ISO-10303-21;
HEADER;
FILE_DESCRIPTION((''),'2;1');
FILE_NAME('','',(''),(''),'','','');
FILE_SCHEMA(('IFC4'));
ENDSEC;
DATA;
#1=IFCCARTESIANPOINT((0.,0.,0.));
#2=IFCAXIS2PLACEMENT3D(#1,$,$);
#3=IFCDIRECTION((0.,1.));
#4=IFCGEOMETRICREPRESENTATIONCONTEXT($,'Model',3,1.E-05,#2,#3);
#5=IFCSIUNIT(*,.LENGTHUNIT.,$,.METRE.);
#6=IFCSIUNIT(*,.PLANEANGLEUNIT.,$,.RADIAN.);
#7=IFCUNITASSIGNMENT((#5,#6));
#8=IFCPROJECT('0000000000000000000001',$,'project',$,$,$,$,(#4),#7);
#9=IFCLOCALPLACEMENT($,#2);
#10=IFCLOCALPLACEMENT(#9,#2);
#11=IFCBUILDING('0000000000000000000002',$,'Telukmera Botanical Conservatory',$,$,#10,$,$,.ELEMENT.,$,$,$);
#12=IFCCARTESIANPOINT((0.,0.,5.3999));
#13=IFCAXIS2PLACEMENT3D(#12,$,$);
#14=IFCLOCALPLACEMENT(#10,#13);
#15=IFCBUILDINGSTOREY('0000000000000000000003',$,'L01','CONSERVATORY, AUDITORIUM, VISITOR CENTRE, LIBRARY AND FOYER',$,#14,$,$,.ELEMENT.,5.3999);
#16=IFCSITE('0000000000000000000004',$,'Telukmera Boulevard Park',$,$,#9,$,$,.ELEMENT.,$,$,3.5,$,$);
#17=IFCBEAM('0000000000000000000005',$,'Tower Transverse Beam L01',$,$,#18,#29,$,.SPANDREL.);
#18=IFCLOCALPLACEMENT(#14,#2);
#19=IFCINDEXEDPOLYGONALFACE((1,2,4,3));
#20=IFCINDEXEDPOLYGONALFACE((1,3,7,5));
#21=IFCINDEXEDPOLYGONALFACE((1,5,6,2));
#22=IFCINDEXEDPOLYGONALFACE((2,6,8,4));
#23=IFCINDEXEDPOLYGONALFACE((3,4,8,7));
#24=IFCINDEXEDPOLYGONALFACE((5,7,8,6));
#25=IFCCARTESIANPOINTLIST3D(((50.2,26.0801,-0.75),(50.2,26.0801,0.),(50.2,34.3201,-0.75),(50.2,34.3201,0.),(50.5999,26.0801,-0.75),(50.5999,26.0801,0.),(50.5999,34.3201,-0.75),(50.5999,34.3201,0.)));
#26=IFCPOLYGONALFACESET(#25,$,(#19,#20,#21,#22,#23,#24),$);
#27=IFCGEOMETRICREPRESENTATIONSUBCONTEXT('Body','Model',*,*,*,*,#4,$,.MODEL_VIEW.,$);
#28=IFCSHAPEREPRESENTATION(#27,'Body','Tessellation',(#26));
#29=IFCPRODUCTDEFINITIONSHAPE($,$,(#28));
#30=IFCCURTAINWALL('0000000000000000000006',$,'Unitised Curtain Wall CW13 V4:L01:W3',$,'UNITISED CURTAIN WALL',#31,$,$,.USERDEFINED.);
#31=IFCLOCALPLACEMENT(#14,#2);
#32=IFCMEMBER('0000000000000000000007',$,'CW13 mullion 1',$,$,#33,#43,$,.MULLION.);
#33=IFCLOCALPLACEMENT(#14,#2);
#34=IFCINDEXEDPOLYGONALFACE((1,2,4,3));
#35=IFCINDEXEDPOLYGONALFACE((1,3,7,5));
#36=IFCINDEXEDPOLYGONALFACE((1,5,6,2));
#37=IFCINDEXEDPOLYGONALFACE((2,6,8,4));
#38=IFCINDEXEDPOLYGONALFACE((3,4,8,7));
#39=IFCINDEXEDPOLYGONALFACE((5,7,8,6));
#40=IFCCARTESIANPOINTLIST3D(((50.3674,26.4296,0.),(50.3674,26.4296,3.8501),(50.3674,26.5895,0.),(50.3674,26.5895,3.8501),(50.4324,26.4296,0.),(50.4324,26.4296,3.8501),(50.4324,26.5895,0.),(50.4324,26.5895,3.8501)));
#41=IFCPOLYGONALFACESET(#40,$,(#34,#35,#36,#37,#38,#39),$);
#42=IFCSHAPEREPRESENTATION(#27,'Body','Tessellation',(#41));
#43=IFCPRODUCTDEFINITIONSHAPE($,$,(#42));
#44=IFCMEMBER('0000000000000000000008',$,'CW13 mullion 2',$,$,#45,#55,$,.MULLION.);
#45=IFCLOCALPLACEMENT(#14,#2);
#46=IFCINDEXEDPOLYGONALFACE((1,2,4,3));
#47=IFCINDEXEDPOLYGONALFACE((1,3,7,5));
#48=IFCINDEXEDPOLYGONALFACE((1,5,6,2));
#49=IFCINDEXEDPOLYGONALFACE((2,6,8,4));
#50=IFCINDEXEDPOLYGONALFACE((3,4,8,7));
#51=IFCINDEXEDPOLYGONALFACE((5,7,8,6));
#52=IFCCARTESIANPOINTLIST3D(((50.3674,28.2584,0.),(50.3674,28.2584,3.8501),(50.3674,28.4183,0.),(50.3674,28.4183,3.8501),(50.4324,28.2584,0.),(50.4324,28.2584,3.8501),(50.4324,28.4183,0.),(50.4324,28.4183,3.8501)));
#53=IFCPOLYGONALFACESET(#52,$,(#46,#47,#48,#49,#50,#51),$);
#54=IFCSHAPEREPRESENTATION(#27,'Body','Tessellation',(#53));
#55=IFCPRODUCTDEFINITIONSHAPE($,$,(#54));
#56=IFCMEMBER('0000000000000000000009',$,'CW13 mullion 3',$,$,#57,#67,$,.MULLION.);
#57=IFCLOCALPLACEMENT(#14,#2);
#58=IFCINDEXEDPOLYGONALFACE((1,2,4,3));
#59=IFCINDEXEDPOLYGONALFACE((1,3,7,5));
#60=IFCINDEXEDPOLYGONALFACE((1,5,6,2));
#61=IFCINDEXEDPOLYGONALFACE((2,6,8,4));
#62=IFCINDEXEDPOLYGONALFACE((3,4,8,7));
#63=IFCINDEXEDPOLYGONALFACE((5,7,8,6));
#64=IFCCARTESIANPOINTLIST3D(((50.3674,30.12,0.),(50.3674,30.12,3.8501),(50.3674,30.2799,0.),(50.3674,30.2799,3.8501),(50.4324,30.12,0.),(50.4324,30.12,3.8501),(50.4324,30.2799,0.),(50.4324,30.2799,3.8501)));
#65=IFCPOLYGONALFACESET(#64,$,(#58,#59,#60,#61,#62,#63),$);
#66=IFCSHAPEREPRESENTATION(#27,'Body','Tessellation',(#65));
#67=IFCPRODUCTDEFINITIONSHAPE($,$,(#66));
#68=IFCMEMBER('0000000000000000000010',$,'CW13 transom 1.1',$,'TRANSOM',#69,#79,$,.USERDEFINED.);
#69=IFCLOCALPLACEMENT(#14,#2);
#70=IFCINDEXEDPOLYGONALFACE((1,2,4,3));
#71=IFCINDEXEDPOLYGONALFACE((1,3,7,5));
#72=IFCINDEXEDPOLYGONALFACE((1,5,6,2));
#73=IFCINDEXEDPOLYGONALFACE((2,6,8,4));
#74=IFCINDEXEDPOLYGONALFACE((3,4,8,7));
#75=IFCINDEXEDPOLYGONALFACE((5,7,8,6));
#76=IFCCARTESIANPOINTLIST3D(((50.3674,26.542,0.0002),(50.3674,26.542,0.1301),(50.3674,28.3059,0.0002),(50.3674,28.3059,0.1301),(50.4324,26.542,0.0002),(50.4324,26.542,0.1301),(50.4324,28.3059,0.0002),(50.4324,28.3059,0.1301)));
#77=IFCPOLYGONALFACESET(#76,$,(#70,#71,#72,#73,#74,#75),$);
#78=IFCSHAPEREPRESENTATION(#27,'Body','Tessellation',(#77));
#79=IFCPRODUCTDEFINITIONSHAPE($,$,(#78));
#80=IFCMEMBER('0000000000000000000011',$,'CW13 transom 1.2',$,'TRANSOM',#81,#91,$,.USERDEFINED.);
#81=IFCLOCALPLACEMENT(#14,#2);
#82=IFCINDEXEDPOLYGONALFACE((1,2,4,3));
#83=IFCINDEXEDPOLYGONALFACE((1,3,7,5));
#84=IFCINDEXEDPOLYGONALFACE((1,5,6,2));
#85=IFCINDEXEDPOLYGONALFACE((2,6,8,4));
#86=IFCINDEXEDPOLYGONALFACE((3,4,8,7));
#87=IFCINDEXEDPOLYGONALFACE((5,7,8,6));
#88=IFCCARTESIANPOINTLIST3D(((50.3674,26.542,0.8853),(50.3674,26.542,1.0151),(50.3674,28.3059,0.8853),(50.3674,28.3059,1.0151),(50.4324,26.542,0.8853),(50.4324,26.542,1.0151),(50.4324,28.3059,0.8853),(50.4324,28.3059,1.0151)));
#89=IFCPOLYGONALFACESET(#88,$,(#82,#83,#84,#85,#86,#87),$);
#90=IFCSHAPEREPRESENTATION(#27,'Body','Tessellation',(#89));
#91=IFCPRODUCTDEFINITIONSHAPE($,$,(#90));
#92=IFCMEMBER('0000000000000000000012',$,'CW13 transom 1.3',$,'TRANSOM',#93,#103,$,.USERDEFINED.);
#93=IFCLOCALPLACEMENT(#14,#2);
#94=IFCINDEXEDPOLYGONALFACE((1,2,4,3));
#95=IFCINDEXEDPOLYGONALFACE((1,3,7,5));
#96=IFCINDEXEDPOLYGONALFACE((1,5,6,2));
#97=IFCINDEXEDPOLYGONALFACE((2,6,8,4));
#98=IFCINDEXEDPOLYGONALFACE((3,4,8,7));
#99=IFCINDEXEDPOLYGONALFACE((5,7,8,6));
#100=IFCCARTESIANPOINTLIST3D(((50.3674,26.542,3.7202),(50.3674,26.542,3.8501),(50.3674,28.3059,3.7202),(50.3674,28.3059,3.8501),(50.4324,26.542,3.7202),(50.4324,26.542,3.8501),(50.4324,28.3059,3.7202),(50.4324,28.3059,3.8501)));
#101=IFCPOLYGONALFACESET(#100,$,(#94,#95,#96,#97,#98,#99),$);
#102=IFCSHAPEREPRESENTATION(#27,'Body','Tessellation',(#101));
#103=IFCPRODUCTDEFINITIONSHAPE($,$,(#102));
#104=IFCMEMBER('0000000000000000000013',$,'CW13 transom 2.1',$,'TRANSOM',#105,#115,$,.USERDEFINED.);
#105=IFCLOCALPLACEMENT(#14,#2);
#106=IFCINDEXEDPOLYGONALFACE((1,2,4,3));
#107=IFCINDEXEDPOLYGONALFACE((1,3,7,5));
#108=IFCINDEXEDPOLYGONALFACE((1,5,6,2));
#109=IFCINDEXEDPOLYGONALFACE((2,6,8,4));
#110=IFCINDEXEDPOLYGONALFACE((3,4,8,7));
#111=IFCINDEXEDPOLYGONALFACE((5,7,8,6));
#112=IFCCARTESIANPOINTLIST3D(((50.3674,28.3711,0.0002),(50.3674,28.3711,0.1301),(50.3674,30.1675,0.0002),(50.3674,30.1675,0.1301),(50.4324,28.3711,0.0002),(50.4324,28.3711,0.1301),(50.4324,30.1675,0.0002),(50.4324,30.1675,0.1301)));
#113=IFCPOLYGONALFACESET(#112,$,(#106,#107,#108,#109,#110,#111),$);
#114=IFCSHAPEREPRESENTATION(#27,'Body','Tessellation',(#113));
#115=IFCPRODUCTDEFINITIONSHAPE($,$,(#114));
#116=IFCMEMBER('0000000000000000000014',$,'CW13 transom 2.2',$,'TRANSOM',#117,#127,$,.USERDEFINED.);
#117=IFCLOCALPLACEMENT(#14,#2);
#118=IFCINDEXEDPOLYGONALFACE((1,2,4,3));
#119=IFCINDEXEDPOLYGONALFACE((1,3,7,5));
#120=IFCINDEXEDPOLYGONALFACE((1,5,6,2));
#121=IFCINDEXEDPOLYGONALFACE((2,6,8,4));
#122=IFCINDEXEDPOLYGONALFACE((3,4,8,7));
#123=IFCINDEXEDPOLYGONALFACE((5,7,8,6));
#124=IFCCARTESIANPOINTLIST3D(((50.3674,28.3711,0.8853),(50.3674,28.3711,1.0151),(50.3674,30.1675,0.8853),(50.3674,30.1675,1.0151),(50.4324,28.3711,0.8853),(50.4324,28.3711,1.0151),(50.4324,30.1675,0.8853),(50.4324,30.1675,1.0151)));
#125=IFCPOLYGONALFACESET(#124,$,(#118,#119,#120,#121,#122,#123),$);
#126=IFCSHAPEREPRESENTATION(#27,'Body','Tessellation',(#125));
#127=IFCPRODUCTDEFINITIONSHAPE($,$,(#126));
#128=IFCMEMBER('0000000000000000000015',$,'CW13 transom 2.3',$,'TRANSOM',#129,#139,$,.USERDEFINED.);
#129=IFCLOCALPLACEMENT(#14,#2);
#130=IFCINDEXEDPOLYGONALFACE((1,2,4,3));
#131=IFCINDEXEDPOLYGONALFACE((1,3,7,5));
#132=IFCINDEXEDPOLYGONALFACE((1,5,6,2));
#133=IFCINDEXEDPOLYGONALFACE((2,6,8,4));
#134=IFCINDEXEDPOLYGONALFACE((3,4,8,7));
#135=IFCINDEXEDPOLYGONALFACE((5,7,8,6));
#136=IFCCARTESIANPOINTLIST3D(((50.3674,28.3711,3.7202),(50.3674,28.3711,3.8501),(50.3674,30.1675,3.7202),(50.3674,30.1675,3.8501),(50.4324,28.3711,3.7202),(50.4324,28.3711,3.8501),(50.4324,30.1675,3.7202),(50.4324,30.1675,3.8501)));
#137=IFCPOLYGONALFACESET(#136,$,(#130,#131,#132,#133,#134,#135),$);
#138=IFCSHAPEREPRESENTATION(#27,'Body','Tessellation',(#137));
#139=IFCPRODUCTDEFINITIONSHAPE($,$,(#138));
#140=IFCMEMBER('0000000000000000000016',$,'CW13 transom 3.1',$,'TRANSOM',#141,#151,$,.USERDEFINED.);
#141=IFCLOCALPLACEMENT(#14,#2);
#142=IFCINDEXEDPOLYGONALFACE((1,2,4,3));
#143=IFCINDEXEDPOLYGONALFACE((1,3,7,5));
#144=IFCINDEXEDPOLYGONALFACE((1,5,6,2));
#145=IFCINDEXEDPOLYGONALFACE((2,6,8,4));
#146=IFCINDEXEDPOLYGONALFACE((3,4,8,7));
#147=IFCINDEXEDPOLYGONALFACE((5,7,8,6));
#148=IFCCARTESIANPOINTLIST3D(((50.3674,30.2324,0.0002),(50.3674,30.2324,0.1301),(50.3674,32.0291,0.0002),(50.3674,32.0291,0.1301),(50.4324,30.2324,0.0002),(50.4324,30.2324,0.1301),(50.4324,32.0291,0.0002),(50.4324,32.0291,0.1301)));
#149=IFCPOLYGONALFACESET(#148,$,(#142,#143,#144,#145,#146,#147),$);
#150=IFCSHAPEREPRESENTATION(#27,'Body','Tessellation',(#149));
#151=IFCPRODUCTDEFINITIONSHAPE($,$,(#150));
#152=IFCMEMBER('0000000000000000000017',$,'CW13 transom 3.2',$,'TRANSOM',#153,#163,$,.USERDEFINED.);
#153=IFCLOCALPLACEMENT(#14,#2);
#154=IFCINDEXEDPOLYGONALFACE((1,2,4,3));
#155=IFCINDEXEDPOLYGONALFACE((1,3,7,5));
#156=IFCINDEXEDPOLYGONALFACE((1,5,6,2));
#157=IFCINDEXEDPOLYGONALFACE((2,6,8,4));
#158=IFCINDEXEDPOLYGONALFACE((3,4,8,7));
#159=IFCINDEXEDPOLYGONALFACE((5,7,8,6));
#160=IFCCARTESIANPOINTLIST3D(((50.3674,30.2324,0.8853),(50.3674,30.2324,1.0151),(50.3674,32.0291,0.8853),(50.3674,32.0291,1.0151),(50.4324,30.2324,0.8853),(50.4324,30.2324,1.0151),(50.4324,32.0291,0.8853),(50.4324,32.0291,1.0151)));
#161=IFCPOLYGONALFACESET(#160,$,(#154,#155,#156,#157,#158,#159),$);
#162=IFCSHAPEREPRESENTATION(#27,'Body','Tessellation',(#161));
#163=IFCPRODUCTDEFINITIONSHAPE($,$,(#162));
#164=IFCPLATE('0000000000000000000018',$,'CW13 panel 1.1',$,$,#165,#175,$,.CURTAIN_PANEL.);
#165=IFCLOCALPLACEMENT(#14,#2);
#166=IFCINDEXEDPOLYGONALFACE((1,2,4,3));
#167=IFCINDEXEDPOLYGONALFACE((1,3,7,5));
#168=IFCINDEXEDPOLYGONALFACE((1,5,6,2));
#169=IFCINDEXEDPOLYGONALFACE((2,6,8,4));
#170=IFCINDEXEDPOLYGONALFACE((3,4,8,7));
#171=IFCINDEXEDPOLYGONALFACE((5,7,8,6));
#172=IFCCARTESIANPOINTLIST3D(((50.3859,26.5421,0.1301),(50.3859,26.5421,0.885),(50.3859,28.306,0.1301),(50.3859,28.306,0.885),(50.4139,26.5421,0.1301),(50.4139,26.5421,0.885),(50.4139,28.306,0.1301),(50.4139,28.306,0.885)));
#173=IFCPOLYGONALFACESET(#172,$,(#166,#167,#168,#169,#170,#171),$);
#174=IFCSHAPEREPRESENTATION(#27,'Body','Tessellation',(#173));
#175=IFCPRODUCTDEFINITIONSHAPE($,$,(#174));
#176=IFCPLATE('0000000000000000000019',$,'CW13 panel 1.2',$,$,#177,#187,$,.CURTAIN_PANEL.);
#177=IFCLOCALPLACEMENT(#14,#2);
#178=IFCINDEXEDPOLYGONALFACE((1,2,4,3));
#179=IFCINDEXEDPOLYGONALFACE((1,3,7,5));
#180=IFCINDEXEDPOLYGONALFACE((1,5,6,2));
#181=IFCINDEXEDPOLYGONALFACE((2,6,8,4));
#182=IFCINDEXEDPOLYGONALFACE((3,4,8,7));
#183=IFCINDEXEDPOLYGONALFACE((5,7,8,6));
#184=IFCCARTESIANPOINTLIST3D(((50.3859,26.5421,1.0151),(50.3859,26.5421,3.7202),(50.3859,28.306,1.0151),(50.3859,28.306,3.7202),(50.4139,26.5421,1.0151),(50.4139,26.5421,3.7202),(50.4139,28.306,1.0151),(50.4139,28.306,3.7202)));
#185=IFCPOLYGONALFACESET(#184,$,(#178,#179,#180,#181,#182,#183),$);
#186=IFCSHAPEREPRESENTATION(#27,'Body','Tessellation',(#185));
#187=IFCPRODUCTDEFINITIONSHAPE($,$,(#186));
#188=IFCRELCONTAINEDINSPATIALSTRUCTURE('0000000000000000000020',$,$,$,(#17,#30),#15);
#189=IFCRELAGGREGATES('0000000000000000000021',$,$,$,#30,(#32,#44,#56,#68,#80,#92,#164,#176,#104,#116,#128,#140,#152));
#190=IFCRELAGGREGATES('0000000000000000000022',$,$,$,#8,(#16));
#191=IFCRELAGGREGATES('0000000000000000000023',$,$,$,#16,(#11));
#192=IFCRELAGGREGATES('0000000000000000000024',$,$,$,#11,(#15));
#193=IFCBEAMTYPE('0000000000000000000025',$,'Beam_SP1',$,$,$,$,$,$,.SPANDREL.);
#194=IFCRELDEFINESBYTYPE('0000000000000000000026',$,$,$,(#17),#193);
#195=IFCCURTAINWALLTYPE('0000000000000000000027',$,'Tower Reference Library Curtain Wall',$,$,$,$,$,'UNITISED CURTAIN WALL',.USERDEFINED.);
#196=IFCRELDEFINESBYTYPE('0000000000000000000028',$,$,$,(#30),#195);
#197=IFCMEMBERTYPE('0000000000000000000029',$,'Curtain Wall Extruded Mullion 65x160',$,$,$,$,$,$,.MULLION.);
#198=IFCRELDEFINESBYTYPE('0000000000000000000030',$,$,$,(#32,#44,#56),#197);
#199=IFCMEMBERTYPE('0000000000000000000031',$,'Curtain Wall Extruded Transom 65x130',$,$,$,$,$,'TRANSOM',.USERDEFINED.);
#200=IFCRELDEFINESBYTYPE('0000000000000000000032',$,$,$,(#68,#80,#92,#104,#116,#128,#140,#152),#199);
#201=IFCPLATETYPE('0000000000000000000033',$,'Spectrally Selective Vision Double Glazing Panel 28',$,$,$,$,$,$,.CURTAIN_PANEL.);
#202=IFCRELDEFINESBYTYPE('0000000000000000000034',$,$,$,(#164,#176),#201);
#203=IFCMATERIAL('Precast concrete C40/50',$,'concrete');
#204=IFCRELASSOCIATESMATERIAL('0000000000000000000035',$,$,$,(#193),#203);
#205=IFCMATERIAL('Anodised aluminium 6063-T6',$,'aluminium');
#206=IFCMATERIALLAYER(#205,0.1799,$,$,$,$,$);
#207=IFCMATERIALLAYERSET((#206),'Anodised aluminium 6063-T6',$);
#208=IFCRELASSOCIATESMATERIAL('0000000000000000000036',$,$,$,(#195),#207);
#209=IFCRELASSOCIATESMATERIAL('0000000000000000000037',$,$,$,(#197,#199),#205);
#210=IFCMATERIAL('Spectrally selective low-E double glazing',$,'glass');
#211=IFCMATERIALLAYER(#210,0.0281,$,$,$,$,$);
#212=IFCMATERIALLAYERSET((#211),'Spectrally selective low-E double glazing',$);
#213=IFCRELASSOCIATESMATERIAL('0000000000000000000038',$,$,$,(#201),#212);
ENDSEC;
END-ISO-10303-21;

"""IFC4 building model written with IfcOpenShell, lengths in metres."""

from ifc_helpers import new_model, si_unit, direction, frame, origin, origin_2d, place, context, subcontext, project, spatial, rectangle, extrude, material, layer, layer_set, material_profile, profile_set, type_object, element, aggregate, save


model = new_model("IFC4")

# Units and contexts
model_context = context("Model", 3, precision=1e-05, world=origin(), true_north=direction((0.0, 1.0)))
body_context = subcontext(model_context, "Body", "Model", "MODEL_VIEW")
ifc_project = project(units=[si_unit("LENGTHUNIT", "METRE"), si_unit("PLANEANGLEUNIT", "RADIAN")], contexts=[model_context])

# Site, building, storey
site_placement = place(None, origin())
site = spatial("IfcSite", under=ifc_project, at=site_placement, Name="Telukmera Boulevard Park", CompositionType="ELEMENT", RefElevation=3.5)
building_placement = place(site_placement, origin())
building = spatial("IfcBuilding", under=site, at=building_placement, Name="Telukmera Botanical Conservatory", CompositionType="ELEMENT")
storey_placement = place(building_placement, frame((0.0, 0.0, 5.3999)))
storey = spatial("IfcBuildingStorey", under=building, at=storey_placement, Name="L01", Description="CONSERVATORY, AUDITORIUM, VISITOR CENTRE, LIBRARY AND FOYER", CompositionType="ELEMENT", Elevation=5.3999)

# Beam
ifc_material_1 = material(Name="Precast concrete C40/50", Category="concrete")
ifc_material_profile_1 = material_profile(ifc_material_1, rectangle(XDim=0.3999, YDim=0.75, at=origin_2d()), Name="PC 400x750")
ifc_profile_set_1 = profile_set([ifc_material_profile_1], Name="Precast concrete C40/50")
beam_type = type_object("IfcBeamType", Name="Beam_SP1", PredefinedType="SPANDREL", material=ifc_profile_set_1)
beam_placement = place(storey_placement, frame((50.3999, 26.0801, -0.375), z_axis=(0.0, 1.0, 0.0), x_axis=(-1.0, 0.0, 0.0)))
element("IfcBeam", 1, at=beam_placement, inside=storey, type_object=beam_type, Name="Tower Transverse Beam L01", PredefinedType="SPANDREL", context=body_context, shape_type="SweptSolid", body=[
    extrude(rectangle(XDim=0.3999, YDim=0.75, at=origin_2d()), origin(), (0.0, 0.0, 1.0), 8.24),
])

# Curtain wall, members, plates
ifc_material_2 = material(Name="Anodised aluminium 6063-T6", Category="aluminium")
ifc_layer_1 = layer(ifc_material_2, 0.1799)
ifc_layer_set_1 = layer_set([ifc_layer_1], Name="Anodised aluminium 6063-T6")
curtain_wall_type = type_object("IfcCurtainWallType", Name="Tower Reference Library Curtain Wall", ElementType="UNITISED CURTAIN WALL", PredefinedType="USERDEFINED", material=ifc_layer_set_1)
curtain_wall_placement = place(storey_placement, origin())
curtain_wall = element("IfcCurtainWall", 2, at=curtain_wall_placement, inside=storey, type_object=curtain_wall_type, Name="Unitised Curtain Wall CW13 V4:L01:W3", ObjectType="UNITISED CURTAIN WALL", PredefinedType="USERDEFINED")
ifc_material_profile_2 = material_profile(ifc_material_2, rectangle(XDim=0.0649, YDim=0.1599, at=origin_2d()), Name="ALU MULL 65x160")
ifc_profile_set_2 = profile_set([ifc_material_profile_2], Name="Anodised aluminium 6063-T6")
member_type_1 = type_object("IfcMemberType", Name="Curtain Wall Extruded Mullion 65x160", PredefinedType="MULLION", material=ifc_profile_set_2)
member_1_placement = place(storey_placement, frame((50.3999, 26.5095, 0.0), z_axis=(0.0, 0.0, 1.0), x_axis=(-1.0, 0.0, 0.0)))
member_1 = element("IfcMember", 3, at=member_1_placement, type_object=member_type_1, Name="CW13 mullion 1", PredefinedType="MULLION", context=body_context, shape_type="SweptSolid", body=[
    extrude(rectangle(XDim=0.0649, YDim=0.1599, at=origin_2d()), origin(), (0.0, 0.0, 1.0), 3.8501),
])
member_2_placement = place(storey_placement, frame((50.3999, 28.3384, 0.0), z_axis=(0.0, 0.0, 1.0), x_axis=(-1.0, 0.0, 0.0)))
member_2 = element("IfcMember", 4, at=member_2_placement, type_object=member_type_1, Name="CW13 mullion 2", PredefinedType="MULLION", context=body_context, shape_type="SweptSolid", body=[
    extrude(rectangle(XDim=0.0649, YDim=0.1599, at=origin_2d()), origin(), (0.0, 0.0, 1.0), 3.8501),
])
member_3_placement = place(storey_placement, frame((50.3999, 30.2, 0.0), z_axis=(0.0, 0.0, 1.0), x_axis=(-1.0, 0.0, 0.0)))
member_3 = element("IfcMember", 5, at=member_3_placement, type_object=member_type_1, Name="CW13 mullion 3", PredefinedType="MULLION", context=body_context, shape_type="SweptSolid", body=[
    extrude(rectangle(XDim=0.0649, YDim=0.1599, at=origin_2d()), origin(), (0.0, 0.0, 1.0), 3.8501),
])
ifc_material_profile_3 = material_profile(ifc_material_2, rectangle(XDim=0.0649, YDim=0.1299, at=origin_2d()), Name="ALU TRAN 65x130")
ifc_profile_set_3 = profile_set([ifc_material_profile_3], Name="Anodised aluminium 6063-T6")
member_type_2 = type_object("IfcMemberType", Name="Curtain Wall Extruded Transom 65x130", ElementType="TRANSOM", PredefinedType="USERDEFINED", material=ifc_profile_set_3)
member_4_placement = place(storey_placement, frame((50.3999, 26.542, 0.0652), z_axis=(0.0, 1.0, 0.0), x_axis=(-1.0, 0.0, 0.0)))
member_4 = element("IfcMember", 6, at=member_4_placement, type_object=member_type_2, Name="CW13 transom 1.1", ObjectType="TRANSOM", PredefinedType="USERDEFINED", context=body_context, shape_type="SweptSolid", body=[
    extrude(rectangle(XDim=0.0649, YDim=0.1299, at=origin_2d()), origin(), (0.0, 0.0, 1.0), 1.7639),
])
member_5_placement = place(storey_placement, frame((50.3999, 26.542, 0.9502), z_axis=(0.0, 1.0, 0.0), x_axis=(-1.0, 0.0, 0.0)))
member_5 = element("IfcMember", 7, at=member_5_placement, type_object=member_type_2, Name="CW13 transom 1.2", ObjectType="TRANSOM", PredefinedType="USERDEFINED", context=body_context, shape_type="SweptSolid", body=[
    extrude(rectangle(XDim=0.0649, YDim=0.1299, at=origin_2d()), origin(), (0.0, 0.0, 1.0), 1.7639),
])
member_6_placement = place(storey_placement, frame((50.3999, 26.542, 3.7852), z_axis=(0.0, 1.0, 0.0), x_axis=(-1.0, 0.0, 0.0)))
member_6 = element("IfcMember", 8, at=member_6_placement, type_object=member_type_2, Name="CW13 transom 1.3", ObjectType="TRANSOM", PredefinedType="USERDEFINED", context=body_context, shape_type="SweptSolid", body=[
    extrude(rectangle(XDim=0.0649, YDim=0.1299, at=origin_2d()), origin(), (0.0, 0.0, 1.0), 1.7639),
])
member_7_placement = place(storey_placement, frame((50.3999, 28.3711, 0.0652), z_axis=(0.0, 1.0, 0.0), x_axis=(-1.0, 0.0, 0.0)))
member_7 = element("IfcMember", 9, at=member_7_placement, type_object=member_type_2, Name="CW13 transom 2.1", ObjectType="TRANSOM", PredefinedType="USERDEFINED", context=body_context, shape_type="SweptSolid", body=[
    extrude(rectangle(XDim=0.0649, YDim=0.1299, at=origin_2d()), origin(), (0.0, 0.0, 1.0), 1.7964),
])
member_8_placement = place(storey_placement, frame((50.3999, 28.3711, 0.9502), z_axis=(0.0, 1.0, 0.0), x_axis=(-1.0, 0.0, 0.0)))
member_8 = element("IfcMember", 10, at=member_8_placement, type_object=member_type_2, Name="CW13 transom 2.2", ObjectType="TRANSOM", PredefinedType="USERDEFINED", context=body_context, shape_type="SweptSolid", body=[
    extrude(rectangle(XDim=0.0649, YDim=0.1299, at=origin_2d()), origin(), (0.0, 0.0, 1.0), 1.7964),
])
member_9_placement = place(storey_placement, frame((50.3999, 28.3711, 3.7852), z_axis=(0.0, 1.0, 0.0), x_axis=(-1.0, 0.0, 0.0)))
member_9 = element("IfcMember", 11, at=member_9_placement, type_object=member_type_2, Name="CW13 transom 2.3", ObjectType="TRANSOM", PredefinedType="USERDEFINED", context=body_context, shape_type="SweptSolid", body=[
    extrude(rectangle(XDim=0.0649, YDim=0.1299, at=origin_2d()), origin(), (0.0, 0.0, 1.0), 1.7964),
])
member_10_placement = place(storey_placement, frame((50.3999, 30.2324, 0.0652), z_axis=(0.0, 1.0, 0.0), x_axis=(-1.0, 0.0, 0.0)))
member_10 = element("IfcMember", 12, at=member_10_placement, type_object=member_type_2, Name="CW13 transom 3.1", ObjectType="TRANSOM", PredefinedType="USERDEFINED", context=body_context, shape_type="SweptSolid", body=[
    extrude(rectangle(XDim=0.0649, YDim=0.1299, at=origin_2d()), origin(), (0.0, 0.0, 1.0), 1.7966),
])
member_11_placement = place(storey_placement, frame((50.3999, 30.2324, 0.9502), z_axis=(0.0, 1.0, 0.0), x_axis=(-1.0, 0.0, 0.0)))
member_11 = element("IfcMember", 13, at=member_11_placement, type_object=member_type_2, Name="CW13 transom 3.2", ObjectType="TRANSOM", PredefinedType="USERDEFINED", context=body_context, shape_type="SweptSolid", body=[
    extrude(rectangle(XDim=0.0649, YDim=0.1299, at=origin_2d()), origin(), (0.0, 0.0, 1.0), 1.7966),
])
ifc_material_3 = material(Name="Spectrally selective low-E double glazing", Category="glass")
ifc_layer_2 = layer(ifc_material_3, 0.0281)
ifc_layer_set_2 = layer_set([ifc_layer_2], Name="Spectrally selective low-E double glazing")
plate_type = type_object("IfcPlateType", Name="Spectrally Selective Vision Double Glazing Panel 28", PredefinedType="CURTAIN_PANEL", material=ifc_layer_set_2)
plate_1_placement = place(storey_placement, frame((50.3999, 27.4241, 0.1301), z_axis=(0.0, 0.0, 1.0), x_axis=(0.0, 1.0, 0.0)))
plate_1 = element("IfcPlate", 14, at=plate_1_placement, type_object=plate_type, Name="CW13 panel 1.1", PredefinedType="CURTAIN_PANEL", context=body_context, shape_type="SweptSolid", body=[
    extrude(rectangle(XDim=1.7639, YDim=0.0281, at=origin_2d()), origin(), (0.0, 0.0, 1.0), 0.7549),
])
plate_2_placement = place(storey_placement, frame((50.3999, 27.4241, 1.0151), z_axis=(0.0, 0.0, 1.0), x_axis=(0.0, 1.0, 0.0)))
plate_2 = element("IfcPlate", 15, at=plate_2_placement, type_object=plate_type, Name="CW13 panel 1.2", PredefinedType="CURTAIN_PANEL", context=body_context, shape_type="SweptSolid", body=[
    extrude(rectangle(XDim=1.7639, YDim=0.0281, at=origin_2d()), origin(), (0.0, 0.0, 1.0), 2.7051),
])
aggregate(curtain_wall, [member_1, member_2, member_3, member_4, member_5, member_6, plate_1, plate_2, member_7, member_8, member_9, member_10, member_11])

save(model, "model.ifc")
